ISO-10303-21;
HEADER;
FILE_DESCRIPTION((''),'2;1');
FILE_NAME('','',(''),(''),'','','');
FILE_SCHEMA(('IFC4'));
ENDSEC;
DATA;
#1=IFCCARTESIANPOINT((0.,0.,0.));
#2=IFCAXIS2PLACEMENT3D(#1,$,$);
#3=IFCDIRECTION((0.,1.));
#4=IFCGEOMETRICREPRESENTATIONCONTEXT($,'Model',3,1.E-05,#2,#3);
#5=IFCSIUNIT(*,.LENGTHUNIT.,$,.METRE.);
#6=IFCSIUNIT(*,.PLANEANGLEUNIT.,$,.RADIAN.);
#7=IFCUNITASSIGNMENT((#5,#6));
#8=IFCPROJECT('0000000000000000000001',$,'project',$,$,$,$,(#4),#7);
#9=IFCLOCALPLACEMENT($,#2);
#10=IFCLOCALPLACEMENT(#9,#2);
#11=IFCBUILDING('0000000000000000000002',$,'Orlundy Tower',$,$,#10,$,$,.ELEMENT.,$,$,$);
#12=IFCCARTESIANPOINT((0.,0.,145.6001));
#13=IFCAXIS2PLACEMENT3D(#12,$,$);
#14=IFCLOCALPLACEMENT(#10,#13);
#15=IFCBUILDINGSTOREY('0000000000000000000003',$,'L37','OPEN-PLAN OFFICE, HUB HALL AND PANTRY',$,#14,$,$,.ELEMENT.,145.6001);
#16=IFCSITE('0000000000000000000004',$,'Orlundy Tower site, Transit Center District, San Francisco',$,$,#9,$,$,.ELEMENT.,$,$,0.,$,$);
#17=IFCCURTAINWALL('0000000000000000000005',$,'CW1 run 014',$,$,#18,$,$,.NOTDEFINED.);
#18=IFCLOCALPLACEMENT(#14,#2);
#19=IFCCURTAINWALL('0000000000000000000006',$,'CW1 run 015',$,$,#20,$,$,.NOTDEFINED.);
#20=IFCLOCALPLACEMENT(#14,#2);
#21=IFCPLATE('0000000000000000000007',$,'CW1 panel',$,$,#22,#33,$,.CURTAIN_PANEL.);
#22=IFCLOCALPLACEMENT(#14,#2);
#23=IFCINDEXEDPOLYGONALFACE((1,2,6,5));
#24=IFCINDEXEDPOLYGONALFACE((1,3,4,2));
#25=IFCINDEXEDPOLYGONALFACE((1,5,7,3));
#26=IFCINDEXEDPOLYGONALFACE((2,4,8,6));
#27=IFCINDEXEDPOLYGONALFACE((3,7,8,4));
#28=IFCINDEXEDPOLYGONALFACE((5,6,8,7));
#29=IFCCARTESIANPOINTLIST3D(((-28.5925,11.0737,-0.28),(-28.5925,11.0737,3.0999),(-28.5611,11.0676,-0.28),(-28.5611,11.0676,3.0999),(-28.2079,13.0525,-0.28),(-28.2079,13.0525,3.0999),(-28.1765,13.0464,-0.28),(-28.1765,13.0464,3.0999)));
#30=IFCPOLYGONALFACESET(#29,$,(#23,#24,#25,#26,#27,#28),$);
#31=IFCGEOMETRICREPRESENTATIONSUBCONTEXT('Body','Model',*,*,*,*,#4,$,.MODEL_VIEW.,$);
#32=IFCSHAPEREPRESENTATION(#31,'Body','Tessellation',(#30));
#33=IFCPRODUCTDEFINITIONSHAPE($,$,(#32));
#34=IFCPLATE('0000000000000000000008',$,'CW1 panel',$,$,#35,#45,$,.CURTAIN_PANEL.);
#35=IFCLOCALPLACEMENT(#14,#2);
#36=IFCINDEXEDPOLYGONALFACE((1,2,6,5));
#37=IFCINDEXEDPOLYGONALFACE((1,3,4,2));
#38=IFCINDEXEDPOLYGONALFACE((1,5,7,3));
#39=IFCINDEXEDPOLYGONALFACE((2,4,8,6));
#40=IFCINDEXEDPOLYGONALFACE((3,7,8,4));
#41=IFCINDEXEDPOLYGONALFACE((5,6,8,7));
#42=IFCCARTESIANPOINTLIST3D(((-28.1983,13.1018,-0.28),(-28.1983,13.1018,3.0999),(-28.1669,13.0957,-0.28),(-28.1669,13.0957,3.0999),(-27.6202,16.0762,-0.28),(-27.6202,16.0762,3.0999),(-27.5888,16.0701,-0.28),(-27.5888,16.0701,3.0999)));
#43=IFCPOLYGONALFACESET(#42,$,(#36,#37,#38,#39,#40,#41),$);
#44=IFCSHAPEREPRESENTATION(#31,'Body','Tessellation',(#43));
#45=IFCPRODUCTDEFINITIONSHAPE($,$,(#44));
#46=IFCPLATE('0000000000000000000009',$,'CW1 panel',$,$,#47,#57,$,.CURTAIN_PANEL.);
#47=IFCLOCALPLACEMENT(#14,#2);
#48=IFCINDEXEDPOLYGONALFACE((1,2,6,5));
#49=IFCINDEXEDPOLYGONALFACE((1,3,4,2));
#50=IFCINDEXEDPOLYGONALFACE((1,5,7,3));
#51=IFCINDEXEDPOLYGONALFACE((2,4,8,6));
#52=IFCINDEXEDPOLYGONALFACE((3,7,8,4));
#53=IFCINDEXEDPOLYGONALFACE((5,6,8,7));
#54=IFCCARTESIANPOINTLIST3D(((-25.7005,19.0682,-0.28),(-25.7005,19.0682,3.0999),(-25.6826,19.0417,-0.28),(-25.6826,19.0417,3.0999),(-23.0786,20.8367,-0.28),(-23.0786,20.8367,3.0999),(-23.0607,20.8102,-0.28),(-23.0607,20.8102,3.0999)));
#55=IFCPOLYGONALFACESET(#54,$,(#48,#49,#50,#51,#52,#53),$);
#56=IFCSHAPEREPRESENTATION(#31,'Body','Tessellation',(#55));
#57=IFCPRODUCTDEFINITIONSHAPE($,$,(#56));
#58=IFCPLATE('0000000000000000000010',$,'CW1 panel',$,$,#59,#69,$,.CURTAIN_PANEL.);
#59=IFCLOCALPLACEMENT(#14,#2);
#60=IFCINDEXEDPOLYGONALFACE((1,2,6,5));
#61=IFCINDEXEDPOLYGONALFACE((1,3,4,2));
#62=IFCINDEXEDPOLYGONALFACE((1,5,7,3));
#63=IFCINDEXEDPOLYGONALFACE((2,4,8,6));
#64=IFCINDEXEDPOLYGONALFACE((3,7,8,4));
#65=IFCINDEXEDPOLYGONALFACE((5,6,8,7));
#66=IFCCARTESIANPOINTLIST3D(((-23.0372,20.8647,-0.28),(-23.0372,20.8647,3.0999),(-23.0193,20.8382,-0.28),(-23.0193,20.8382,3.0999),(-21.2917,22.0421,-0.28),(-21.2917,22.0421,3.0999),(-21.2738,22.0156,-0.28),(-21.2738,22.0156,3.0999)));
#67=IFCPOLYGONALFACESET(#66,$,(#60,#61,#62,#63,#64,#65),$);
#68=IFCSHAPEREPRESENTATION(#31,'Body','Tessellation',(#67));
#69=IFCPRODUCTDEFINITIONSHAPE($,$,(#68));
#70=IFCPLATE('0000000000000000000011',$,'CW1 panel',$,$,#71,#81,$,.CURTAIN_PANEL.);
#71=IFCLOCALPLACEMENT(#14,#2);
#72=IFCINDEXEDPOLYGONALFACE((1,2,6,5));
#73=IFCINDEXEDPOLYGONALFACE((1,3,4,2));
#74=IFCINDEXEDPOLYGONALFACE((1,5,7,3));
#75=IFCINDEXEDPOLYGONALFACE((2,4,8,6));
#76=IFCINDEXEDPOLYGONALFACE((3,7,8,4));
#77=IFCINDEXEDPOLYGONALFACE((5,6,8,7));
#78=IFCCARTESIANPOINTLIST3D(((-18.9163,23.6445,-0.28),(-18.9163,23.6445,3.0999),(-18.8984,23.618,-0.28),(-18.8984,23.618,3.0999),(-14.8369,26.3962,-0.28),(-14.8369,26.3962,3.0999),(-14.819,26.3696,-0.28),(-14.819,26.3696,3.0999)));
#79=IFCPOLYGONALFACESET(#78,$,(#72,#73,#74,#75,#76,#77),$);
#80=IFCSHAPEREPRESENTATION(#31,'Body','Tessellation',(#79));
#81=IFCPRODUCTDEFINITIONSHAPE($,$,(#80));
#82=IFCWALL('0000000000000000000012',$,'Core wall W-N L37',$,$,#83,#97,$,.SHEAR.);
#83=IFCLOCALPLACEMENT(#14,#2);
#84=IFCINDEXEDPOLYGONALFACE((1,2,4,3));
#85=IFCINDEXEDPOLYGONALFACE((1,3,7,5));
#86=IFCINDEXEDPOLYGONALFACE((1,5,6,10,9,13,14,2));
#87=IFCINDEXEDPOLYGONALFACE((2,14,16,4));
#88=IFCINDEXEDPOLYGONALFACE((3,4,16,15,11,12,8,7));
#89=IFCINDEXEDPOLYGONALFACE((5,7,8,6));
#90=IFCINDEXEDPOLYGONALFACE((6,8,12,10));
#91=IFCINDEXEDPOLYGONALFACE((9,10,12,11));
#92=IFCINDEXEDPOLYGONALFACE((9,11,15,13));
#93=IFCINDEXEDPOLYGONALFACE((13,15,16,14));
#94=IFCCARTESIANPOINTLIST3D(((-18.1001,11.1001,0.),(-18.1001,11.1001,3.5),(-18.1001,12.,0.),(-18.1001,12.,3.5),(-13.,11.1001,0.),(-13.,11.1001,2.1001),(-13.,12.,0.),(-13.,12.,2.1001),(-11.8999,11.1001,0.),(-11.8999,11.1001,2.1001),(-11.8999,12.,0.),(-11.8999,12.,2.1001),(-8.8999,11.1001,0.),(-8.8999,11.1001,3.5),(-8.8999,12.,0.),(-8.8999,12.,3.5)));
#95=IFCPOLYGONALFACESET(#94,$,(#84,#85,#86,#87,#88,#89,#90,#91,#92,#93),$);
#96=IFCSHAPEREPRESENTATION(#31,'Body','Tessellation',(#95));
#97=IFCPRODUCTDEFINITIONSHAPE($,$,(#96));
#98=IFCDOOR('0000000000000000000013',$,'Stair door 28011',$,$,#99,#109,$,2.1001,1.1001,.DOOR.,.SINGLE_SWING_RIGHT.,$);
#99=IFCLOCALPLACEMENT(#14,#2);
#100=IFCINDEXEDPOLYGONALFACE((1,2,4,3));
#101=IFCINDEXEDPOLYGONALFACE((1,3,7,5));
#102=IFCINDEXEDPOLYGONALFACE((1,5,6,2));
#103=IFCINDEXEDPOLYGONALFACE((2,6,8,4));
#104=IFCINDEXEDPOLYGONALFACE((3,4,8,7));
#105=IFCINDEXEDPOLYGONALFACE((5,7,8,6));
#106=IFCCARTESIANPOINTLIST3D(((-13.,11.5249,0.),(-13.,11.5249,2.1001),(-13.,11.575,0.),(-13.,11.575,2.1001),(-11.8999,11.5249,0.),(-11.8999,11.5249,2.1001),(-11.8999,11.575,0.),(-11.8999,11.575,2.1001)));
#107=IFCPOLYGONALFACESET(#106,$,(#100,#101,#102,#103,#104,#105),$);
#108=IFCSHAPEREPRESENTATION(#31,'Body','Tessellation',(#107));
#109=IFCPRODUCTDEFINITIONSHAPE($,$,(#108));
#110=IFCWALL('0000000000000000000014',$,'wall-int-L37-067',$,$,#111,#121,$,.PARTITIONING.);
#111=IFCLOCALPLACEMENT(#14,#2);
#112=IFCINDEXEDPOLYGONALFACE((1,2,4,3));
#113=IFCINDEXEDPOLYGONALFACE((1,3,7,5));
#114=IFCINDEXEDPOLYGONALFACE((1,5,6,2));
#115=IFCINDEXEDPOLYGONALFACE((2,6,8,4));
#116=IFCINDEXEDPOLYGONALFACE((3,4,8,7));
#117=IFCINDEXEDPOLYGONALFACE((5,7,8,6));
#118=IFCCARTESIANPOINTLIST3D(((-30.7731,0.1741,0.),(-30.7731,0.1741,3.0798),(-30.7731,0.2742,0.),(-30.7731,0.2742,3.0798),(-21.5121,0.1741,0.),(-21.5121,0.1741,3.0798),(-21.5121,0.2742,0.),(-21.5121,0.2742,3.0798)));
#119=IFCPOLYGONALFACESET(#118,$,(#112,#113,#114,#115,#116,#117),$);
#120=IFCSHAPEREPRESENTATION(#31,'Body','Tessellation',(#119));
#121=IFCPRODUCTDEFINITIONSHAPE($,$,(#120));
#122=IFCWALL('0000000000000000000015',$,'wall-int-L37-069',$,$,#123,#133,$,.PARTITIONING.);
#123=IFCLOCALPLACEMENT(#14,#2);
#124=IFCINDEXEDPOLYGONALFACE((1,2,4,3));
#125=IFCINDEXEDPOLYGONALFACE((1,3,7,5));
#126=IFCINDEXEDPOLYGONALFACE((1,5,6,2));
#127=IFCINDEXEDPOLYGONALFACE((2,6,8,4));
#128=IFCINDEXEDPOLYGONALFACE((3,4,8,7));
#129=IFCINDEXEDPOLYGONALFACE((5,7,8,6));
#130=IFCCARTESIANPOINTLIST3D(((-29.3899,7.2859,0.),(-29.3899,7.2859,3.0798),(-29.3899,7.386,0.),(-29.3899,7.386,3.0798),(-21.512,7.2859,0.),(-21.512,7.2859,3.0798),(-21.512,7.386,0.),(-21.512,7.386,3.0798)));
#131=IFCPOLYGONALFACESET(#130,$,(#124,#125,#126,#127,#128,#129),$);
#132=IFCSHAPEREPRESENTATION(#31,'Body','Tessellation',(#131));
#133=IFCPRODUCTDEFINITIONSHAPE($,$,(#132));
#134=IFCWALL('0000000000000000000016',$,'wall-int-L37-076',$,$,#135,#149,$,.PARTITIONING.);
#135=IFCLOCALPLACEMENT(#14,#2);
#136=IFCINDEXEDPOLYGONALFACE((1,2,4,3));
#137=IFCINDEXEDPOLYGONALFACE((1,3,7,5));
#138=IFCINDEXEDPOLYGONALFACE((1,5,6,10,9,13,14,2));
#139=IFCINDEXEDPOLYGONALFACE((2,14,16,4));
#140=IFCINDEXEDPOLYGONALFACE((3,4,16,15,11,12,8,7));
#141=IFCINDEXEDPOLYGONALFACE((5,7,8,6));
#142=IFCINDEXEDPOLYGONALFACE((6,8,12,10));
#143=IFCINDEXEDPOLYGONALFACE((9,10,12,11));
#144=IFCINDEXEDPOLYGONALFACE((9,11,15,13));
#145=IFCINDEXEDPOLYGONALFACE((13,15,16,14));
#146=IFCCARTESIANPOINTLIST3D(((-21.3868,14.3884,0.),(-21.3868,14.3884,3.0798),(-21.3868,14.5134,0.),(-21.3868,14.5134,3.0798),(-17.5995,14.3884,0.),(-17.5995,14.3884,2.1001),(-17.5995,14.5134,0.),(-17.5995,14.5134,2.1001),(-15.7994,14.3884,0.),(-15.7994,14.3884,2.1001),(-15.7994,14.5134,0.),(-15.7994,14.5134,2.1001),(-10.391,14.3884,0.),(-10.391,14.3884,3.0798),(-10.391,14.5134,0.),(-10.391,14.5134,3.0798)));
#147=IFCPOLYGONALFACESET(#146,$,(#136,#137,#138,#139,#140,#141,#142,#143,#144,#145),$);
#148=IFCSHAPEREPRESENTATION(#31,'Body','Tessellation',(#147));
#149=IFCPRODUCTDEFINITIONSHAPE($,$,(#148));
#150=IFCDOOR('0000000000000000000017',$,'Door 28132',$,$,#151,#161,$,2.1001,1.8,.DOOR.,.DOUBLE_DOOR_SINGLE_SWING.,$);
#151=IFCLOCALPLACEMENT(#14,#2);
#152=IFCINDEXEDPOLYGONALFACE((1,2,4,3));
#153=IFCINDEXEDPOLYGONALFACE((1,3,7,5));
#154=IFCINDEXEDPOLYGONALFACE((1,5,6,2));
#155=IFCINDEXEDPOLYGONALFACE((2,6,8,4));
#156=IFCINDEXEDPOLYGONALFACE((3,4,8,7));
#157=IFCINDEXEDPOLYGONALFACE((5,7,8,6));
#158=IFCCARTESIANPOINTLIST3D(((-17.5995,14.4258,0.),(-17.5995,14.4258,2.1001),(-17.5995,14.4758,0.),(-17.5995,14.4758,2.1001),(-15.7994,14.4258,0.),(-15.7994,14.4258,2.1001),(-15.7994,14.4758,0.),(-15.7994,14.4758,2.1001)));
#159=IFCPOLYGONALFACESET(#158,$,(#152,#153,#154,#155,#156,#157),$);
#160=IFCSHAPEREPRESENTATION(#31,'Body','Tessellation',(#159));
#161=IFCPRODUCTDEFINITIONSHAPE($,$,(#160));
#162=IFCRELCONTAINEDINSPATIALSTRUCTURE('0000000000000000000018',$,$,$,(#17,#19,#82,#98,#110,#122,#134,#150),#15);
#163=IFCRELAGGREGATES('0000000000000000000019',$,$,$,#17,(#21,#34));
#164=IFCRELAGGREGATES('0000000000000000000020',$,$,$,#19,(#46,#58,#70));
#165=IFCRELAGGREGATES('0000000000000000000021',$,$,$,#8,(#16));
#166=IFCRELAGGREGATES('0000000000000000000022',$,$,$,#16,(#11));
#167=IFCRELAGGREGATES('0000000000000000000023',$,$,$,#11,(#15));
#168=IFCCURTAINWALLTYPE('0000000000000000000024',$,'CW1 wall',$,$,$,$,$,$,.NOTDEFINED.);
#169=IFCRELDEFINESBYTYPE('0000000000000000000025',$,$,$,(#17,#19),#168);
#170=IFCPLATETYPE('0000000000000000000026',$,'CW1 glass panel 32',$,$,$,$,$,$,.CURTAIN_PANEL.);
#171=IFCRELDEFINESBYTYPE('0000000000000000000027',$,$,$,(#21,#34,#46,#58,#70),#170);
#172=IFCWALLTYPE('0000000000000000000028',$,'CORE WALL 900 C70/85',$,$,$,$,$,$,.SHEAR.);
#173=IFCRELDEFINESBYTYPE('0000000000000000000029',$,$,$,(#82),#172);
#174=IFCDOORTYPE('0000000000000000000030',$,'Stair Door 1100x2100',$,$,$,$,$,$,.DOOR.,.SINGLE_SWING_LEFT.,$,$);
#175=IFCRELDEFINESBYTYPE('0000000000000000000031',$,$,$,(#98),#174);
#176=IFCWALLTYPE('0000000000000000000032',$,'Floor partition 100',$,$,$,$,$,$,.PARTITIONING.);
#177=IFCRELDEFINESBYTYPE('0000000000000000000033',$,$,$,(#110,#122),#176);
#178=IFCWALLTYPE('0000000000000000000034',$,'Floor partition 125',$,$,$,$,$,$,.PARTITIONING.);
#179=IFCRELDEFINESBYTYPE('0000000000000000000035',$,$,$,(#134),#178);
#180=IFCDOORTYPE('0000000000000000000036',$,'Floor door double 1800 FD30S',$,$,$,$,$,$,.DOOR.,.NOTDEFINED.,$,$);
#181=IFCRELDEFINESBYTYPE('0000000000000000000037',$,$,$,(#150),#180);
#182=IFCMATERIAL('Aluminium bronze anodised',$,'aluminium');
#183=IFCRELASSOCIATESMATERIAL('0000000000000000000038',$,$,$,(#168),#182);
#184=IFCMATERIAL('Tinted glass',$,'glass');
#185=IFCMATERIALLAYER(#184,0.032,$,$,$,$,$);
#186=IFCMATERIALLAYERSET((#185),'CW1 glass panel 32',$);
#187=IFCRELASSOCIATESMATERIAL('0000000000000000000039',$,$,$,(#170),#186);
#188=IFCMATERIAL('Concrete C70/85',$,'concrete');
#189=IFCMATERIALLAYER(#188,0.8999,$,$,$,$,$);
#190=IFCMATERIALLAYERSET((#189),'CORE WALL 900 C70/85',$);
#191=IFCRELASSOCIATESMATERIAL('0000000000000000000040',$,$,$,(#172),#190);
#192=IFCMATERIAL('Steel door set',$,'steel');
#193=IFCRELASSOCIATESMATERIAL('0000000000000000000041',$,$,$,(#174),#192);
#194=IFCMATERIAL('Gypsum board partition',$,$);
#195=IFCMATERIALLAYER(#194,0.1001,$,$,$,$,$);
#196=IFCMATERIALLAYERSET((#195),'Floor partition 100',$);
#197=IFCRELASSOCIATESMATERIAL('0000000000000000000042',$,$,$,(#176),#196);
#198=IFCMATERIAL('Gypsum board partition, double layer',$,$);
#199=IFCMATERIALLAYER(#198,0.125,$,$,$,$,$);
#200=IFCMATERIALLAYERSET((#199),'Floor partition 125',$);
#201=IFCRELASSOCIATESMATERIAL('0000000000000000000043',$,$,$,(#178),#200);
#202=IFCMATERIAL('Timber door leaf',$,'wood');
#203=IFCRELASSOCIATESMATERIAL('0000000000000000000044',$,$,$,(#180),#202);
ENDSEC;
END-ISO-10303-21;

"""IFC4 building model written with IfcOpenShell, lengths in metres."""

from ifc_helpers import new_model, si_unit, direction, frame, frame_2d, origin, origin_2d, place, context, subcontext, project, spatial, rectangle, extrude, material, layer, layer_set, type_object, element, fill, aggregate, save


model = new_model("IFC4")

# Units and contexts
model_context = context("Model", 3, precision=1e-05, world=origin(), true_north=direction((0.0, 1.0)))
body_context = subcontext(model_context, "Body", "Model", "MODEL_VIEW")
ifc_project = project(units=[si_unit("LENGTHUNIT", "METRE"), si_unit("PLANEANGLEUNIT", "RADIAN")], contexts=[model_context])

# Site, building, storey
site_placement = place(None, origin())
site = spatial("IfcSite", under=ifc_project, at=site_placement, Name="Orlundy Tower site, Transit Center District, San Francisco", CompositionType="ELEMENT", RefElevation=0.0)
building_placement = place(site_placement, origin())
building = spatial("IfcBuilding", under=site, at=building_placement, Name="Orlundy Tower", CompositionType="ELEMENT")
storey_placement = place(building_placement, frame((0.0, 0.0, 145.6001)))
storey = spatial("IfcBuildingStorey", under=building, at=storey_placement, Name="L37", Description="OPEN-PLAN OFFICE, HUB HALL AND PANTRY", CompositionType="ELEMENT", Elevation=145.6001)

# Curtain walls
ifc_material_1 = material(Name="Aluminium bronze anodised", Category="aluminium")
curtain_wall_type = type_object("IfcCurtainWallType", Name="CW1 wall", PredefinedType="NOTDEFINED", material=ifc_material_1)
curtain_wall_1_placement = place(storey_placement, origin())
curtain_wall_1 = element("IfcCurtainWall", 1, at=curtain_wall_1_placement, inside=storey, type_object=curtain_wall_type, Name="CW1 run 014", PredefinedType="NOTDEFINED")
curtain_wall_2_placement = place(storey_placement, origin())
curtain_wall_2 = element("IfcCurtainWall", 2, at=curtain_wall_2_placement, inside=storey, type_object=curtain_wall_type, Name="CW1 run 015", PredefinedType="NOTDEFINED")

# Plates
ifc_material_2 = material(Name="Tinted glass", Category="glass")
ifc_layer_1 = layer(ifc_material_2, 0.032)
ifc_layer_set_1 = layer_set([ifc_layer_1], Name="CW1 glass panel 32")
plate_type = type_object("IfcPlateType", Name="CW1 glass panel 32", PredefinedType="CURTAIN_PANEL", material=ifc_layer_set_1)
plate_1_placement = place(storey_placement, frame((-28.3845, 12.0601, -0.28), z_axis=(0.0, 0.0, 1.0), x_axis=(0.190805, 0.981628, 0.0)))
plate_1 = element("IfcPlate", 3, at=plate_1_placement, type_object=plate_type, Name="CW1 panel", PredefinedType="CURTAIN_PANEL", context=body_context, shape_type="SweptSolid", body=[
    extrude(rectangle(XDim=2.0159, YDim=0.032, at=origin_2d()), origin(), (0.0, 0.0, 1.0), 3.3799),
])
plate_2_placement = place(storey_placement, frame((-27.8936, 14.5859, -0.28), z_axis=(0.0, 0.0, 1.0), x_axis=(0.190805, 0.981628, 0.0)))
plate_2 = element("IfcPlate", 4, at=plate_2_placement, type_object=plate_type, Name="CW1 panel", PredefinedType="CURTAIN_PANEL", context=body_context, shape_type="SweptSolid", body=[
    extrude(rectangle(XDim=3.03, YDim=0.032, at=origin_2d()), origin(), (0.0, 0.0, 1.0), 3.3799),
])
aggregate(curtain_wall_1, [plate_1, plate_2])
plate_3_placement = place(storey_placement, frame((-24.3806, 19.9392, -0.28), z_axis=(0.0, 0.0, 1.0), x_axis=(0.82903, 0.559205, 0.0)))
plate_3 = element("IfcPlate", 5, at=plate_3_placement, type_object=plate_type, Name="CW1 panel", PredefinedType="CURTAIN_PANEL", context=body_context, shape_type="SweptSolid", body=[
    extrude(rectangle(XDim=3.1626, YDim=0.032, at=origin_2d()), origin(), (0.0, 0.0, 1.0), 3.3799),
])
plate_4_placement = place(storey_placement, frame((-22.1555, 21.4402, -0.28), z_axis=(0.0, 0.0, 1.0), x_axis=(0.82903, 0.559205, 0.0)))
plate_4 = element("IfcPlate", 6, at=plate_4_placement, type_object=plate_type, Name="CW1 panel", PredefinedType="CURTAIN_PANEL", context=body_context, shape_type="SweptSolid", body=[
    extrude(rectangle(XDim=2.1055, YDim=0.032, at=origin_2d()), origin(), (0.0, 0.0, 1.0), 3.3799),
])
plate_5_placement = place(storey_placement, frame((-16.8677, 25.0071, -0.28), z_axis=(0.0, 0.0, 1.0), x_axis=(0.82903, 0.559205, 0.0)))
plate_5 = element("IfcPlate", 7, at=plate_5_placement, type_object=plate_type, Name="CW1 panel", PredefinedType="CURTAIN_PANEL", context=body_context, shape_type="SweptSolid", body=[
    extrude(rectangle(XDim=4.9207, YDim=0.032, at=origin_2d()), origin(), (0.0, 0.0, 1.0), 3.3799),
])
aggregate(curtain_wall_2, [plate_3, plate_4, plate_5])

# Wall, opening, door
ifc_material_3 = material(Name="Concrete C70/85", Category="concrete")
ifc_layer_2 = layer(ifc_material_3, 0.8999)
ifc_layer_set_2 = layer_set([ifc_layer_2], Name="CORE WALL 900 C70/85")
wall_type_1 = type_object("IfcWallType", Name="CORE WALL 900 C70/85", PredefinedType="SHEAR", material=ifc_layer_set_2)
wall_1_placement = place(storey_placement, frame((-18.1001, 11.55, 0.0), z_axis=(0.0, 0.0, 1.0), x_axis=(1.0, 0.0, 0.0)))
wall_1 = element("IfcWall", 8, at=wall_1_placement, inside=storey, type_object=wall_type_1, Name="Core wall W-N L37", PredefinedType="SHEAR", context=body_context, shape_type="SweptSolid", body=[
    extrude(rectangle(XDim=9.2002, YDim=0.8999, at=frame_2d((4.6001, 0.0))), origin(), (0.0, 0.0, 1.0), 3.5),
])
opening_1_placement = place(wall_1_placement, frame((5.1001, 0.0, 0.0)))
opening_1 = element("IfcOpeningElement", 9, at=opening_1_placement, cuts=wall_1, PredefinedType="OPENING", context=body_context, shape_type="SweptSolid", body=[
    extrude(rectangle(XDim=1.1001, YDim=2.1001, at=frame_2d((0.55, 1.05))), frame((0.0, 0.46, 0.0), z_axis=(0.0, -1.0, 0.0), x_axis=(1.0, 0.0, 0.0)), (0.0, 0.0, 1.0), 0.9199),
])
ifc_material_4 = material(Name="Steel door set", Category="steel")
door_type_1 = type_object("IfcDoorType", Name="Stair Door 1100x2100", OperationType="SINGLE_SWING_LEFT", PredefinedType="DOOR", material=ifc_material_4)
door_1_placement = place(opening_1_placement, origin())
door_1 = element("IfcDoor", 10, at=door_1_placement, inside=storey, type_object=door_type_1, Name="Stair door 28011", OperationType="SINGLE_SWING_RIGHT", OverallHeight=2.1001, OverallWidth=1.1001, PredefinedType="DOOR", context=body_context, shape_type="SweptSolid", body=[
    extrude(rectangle(XDim=1.1001, YDim=2.1001, at=frame_2d((0.55, 1.05))), frame((0.0, 0.0249, 0.0), z_axis=(0.0, -1.0, 0.0), x_axis=(1.0, 0.0, 0.0)), (0.0, 0.0, 1.0), 0.05),
])
fill(opening_1, door_1)

# Walls
ifc_material_5 = material(Name="Gypsum board partition")
ifc_layer_3 = layer(ifc_material_5, 0.1001)
ifc_layer_set_3 = layer_set([ifc_layer_3], Name="Floor partition 100")
wall_type_2 = type_object("IfcWallType", Name="Floor partition 100", PredefinedType="PARTITIONING", material=ifc_layer_set_3)
wall_2_placement = place(storey_placement, frame((-30.7729, 0.2241, 0.0), z_axis=(0.0, 0.0, 1.0), x_axis=(1.0, 0.0, 0.0)))
element("IfcWall", 11, at=wall_2_placement, inside=storey, type_object=wall_type_2, Name="wall-int-L37-067", PredefinedType="PARTITIONING", context=body_context, shape_type="SweptSolid", body=[
    extrude(rectangle(XDim=9.261, YDim=0.1001, at=frame_2d((4.6304, 0.0))), origin(), (0.0, 0.0, 1.0), 3.0798),
])
wall_3_placement = place(storey_placement, frame((-29.3899, 7.3359, 0.0), z_axis=(0.0, 0.0, 1.0), x_axis=(1.0, 0.0, 0.0)))
element("IfcWall", 12, at=wall_3_placement, inside=storey, type_object=wall_type_2, Name="wall-int-L37-069", PredefinedType="PARTITIONING", context=body_context, shape_type="SweptSolid", body=[
    extrude(rectangle(XDim=7.8779, YDim=0.1001, at=frame_2d((3.939, 0.0))), origin(), (0.0, 0.0, 1.0), 3.0798),
])

# Wall, opening, door
ifc_material_6 = material(Name="Gypsum board partition, double layer")
ifc_layer_4 = layer(ifc_material_6, 0.125)
ifc_layer_set_4 = layer_set([ifc_layer_4], Name="Floor partition 125")
wall_type_3 = type_object("IfcWallType", Name="Floor partition 125", PredefinedType="PARTITIONING", material=ifc_layer_set_4)
wall_4_placement = place(storey_placement, frame((-21.387, 14.4509, 0.0), z_axis=(0.0, 0.0, 1.0), x_axis=(1.0, 0.0, 0.0)))
wall_4 = element("IfcWall", 13, at=wall_4_placement, inside=storey, type_object=wall_type_3, Name="wall-int-L37-076", PredefinedType="PARTITIONING", context=body_context, shape_type="SweptSolid", body=[
    extrude(rectangle(XDim=10.9958, YDim=0.125, at=frame_2d((5.498, 0.0))), origin(), (0.0, 0.0, 1.0), 3.0798),
])
opening_2_placement = place(wall_4_placement, frame((3.7876, 0.0, 0.0)))
opening_2 = element("IfcOpeningElement", 14, at=opening_2_placement, cuts=wall_4, PredefinedType="OPENING", context=body_context, shape_type="SweptSolid", body=[
    extrude(rectangle(XDim=1.8, YDim=2.1001, at=frame_2d((0.8999, 1.05))), frame((0.0, 0.0725, 0.0), z_axis=(0.0, -1.0, 0.0), x_axis=(1.0, 0.0, 0.0)), (0.0, 0.0, 1.0), 0.145),
])
ifc_material_7 = material(Name="Timber door leaf", Category="wood")
door_type_2 = type_object("IfcDoorType", Name="Floor door double 1800 FD30S", OperationType="NOTDEFINED", PredefinedType="DOOR", material=ifc_material_7)
door_2_placement = place(opening_2_placement, origin())
door_2 = element("IfcDoor", 15, at=door_2_placement, inside=storey, type_object=door_type_2, Name="Door 28132", OperationType="DOUBLE_DOOR_SINGLE_SWING", OverallHeight=2.1001, OverallWidth=1.8, PredefinedType="DOOR", context=body_context, shape_type="SweptSolid", body=[
    extrude(rectangle(XDim=1.8, YDim=2.1001, at=frame_2d((0.8999, 1.05))), frame((0.0, 0.0249, 0.0), z_axis=(0.0, -1.0, 0.0), x_axis=(1.0, 0.0, 0.0)), (0.0, 0.0, 1.0), 0.05),
])
fill(opening_2, door_2)

save(model, "model.ifc")
